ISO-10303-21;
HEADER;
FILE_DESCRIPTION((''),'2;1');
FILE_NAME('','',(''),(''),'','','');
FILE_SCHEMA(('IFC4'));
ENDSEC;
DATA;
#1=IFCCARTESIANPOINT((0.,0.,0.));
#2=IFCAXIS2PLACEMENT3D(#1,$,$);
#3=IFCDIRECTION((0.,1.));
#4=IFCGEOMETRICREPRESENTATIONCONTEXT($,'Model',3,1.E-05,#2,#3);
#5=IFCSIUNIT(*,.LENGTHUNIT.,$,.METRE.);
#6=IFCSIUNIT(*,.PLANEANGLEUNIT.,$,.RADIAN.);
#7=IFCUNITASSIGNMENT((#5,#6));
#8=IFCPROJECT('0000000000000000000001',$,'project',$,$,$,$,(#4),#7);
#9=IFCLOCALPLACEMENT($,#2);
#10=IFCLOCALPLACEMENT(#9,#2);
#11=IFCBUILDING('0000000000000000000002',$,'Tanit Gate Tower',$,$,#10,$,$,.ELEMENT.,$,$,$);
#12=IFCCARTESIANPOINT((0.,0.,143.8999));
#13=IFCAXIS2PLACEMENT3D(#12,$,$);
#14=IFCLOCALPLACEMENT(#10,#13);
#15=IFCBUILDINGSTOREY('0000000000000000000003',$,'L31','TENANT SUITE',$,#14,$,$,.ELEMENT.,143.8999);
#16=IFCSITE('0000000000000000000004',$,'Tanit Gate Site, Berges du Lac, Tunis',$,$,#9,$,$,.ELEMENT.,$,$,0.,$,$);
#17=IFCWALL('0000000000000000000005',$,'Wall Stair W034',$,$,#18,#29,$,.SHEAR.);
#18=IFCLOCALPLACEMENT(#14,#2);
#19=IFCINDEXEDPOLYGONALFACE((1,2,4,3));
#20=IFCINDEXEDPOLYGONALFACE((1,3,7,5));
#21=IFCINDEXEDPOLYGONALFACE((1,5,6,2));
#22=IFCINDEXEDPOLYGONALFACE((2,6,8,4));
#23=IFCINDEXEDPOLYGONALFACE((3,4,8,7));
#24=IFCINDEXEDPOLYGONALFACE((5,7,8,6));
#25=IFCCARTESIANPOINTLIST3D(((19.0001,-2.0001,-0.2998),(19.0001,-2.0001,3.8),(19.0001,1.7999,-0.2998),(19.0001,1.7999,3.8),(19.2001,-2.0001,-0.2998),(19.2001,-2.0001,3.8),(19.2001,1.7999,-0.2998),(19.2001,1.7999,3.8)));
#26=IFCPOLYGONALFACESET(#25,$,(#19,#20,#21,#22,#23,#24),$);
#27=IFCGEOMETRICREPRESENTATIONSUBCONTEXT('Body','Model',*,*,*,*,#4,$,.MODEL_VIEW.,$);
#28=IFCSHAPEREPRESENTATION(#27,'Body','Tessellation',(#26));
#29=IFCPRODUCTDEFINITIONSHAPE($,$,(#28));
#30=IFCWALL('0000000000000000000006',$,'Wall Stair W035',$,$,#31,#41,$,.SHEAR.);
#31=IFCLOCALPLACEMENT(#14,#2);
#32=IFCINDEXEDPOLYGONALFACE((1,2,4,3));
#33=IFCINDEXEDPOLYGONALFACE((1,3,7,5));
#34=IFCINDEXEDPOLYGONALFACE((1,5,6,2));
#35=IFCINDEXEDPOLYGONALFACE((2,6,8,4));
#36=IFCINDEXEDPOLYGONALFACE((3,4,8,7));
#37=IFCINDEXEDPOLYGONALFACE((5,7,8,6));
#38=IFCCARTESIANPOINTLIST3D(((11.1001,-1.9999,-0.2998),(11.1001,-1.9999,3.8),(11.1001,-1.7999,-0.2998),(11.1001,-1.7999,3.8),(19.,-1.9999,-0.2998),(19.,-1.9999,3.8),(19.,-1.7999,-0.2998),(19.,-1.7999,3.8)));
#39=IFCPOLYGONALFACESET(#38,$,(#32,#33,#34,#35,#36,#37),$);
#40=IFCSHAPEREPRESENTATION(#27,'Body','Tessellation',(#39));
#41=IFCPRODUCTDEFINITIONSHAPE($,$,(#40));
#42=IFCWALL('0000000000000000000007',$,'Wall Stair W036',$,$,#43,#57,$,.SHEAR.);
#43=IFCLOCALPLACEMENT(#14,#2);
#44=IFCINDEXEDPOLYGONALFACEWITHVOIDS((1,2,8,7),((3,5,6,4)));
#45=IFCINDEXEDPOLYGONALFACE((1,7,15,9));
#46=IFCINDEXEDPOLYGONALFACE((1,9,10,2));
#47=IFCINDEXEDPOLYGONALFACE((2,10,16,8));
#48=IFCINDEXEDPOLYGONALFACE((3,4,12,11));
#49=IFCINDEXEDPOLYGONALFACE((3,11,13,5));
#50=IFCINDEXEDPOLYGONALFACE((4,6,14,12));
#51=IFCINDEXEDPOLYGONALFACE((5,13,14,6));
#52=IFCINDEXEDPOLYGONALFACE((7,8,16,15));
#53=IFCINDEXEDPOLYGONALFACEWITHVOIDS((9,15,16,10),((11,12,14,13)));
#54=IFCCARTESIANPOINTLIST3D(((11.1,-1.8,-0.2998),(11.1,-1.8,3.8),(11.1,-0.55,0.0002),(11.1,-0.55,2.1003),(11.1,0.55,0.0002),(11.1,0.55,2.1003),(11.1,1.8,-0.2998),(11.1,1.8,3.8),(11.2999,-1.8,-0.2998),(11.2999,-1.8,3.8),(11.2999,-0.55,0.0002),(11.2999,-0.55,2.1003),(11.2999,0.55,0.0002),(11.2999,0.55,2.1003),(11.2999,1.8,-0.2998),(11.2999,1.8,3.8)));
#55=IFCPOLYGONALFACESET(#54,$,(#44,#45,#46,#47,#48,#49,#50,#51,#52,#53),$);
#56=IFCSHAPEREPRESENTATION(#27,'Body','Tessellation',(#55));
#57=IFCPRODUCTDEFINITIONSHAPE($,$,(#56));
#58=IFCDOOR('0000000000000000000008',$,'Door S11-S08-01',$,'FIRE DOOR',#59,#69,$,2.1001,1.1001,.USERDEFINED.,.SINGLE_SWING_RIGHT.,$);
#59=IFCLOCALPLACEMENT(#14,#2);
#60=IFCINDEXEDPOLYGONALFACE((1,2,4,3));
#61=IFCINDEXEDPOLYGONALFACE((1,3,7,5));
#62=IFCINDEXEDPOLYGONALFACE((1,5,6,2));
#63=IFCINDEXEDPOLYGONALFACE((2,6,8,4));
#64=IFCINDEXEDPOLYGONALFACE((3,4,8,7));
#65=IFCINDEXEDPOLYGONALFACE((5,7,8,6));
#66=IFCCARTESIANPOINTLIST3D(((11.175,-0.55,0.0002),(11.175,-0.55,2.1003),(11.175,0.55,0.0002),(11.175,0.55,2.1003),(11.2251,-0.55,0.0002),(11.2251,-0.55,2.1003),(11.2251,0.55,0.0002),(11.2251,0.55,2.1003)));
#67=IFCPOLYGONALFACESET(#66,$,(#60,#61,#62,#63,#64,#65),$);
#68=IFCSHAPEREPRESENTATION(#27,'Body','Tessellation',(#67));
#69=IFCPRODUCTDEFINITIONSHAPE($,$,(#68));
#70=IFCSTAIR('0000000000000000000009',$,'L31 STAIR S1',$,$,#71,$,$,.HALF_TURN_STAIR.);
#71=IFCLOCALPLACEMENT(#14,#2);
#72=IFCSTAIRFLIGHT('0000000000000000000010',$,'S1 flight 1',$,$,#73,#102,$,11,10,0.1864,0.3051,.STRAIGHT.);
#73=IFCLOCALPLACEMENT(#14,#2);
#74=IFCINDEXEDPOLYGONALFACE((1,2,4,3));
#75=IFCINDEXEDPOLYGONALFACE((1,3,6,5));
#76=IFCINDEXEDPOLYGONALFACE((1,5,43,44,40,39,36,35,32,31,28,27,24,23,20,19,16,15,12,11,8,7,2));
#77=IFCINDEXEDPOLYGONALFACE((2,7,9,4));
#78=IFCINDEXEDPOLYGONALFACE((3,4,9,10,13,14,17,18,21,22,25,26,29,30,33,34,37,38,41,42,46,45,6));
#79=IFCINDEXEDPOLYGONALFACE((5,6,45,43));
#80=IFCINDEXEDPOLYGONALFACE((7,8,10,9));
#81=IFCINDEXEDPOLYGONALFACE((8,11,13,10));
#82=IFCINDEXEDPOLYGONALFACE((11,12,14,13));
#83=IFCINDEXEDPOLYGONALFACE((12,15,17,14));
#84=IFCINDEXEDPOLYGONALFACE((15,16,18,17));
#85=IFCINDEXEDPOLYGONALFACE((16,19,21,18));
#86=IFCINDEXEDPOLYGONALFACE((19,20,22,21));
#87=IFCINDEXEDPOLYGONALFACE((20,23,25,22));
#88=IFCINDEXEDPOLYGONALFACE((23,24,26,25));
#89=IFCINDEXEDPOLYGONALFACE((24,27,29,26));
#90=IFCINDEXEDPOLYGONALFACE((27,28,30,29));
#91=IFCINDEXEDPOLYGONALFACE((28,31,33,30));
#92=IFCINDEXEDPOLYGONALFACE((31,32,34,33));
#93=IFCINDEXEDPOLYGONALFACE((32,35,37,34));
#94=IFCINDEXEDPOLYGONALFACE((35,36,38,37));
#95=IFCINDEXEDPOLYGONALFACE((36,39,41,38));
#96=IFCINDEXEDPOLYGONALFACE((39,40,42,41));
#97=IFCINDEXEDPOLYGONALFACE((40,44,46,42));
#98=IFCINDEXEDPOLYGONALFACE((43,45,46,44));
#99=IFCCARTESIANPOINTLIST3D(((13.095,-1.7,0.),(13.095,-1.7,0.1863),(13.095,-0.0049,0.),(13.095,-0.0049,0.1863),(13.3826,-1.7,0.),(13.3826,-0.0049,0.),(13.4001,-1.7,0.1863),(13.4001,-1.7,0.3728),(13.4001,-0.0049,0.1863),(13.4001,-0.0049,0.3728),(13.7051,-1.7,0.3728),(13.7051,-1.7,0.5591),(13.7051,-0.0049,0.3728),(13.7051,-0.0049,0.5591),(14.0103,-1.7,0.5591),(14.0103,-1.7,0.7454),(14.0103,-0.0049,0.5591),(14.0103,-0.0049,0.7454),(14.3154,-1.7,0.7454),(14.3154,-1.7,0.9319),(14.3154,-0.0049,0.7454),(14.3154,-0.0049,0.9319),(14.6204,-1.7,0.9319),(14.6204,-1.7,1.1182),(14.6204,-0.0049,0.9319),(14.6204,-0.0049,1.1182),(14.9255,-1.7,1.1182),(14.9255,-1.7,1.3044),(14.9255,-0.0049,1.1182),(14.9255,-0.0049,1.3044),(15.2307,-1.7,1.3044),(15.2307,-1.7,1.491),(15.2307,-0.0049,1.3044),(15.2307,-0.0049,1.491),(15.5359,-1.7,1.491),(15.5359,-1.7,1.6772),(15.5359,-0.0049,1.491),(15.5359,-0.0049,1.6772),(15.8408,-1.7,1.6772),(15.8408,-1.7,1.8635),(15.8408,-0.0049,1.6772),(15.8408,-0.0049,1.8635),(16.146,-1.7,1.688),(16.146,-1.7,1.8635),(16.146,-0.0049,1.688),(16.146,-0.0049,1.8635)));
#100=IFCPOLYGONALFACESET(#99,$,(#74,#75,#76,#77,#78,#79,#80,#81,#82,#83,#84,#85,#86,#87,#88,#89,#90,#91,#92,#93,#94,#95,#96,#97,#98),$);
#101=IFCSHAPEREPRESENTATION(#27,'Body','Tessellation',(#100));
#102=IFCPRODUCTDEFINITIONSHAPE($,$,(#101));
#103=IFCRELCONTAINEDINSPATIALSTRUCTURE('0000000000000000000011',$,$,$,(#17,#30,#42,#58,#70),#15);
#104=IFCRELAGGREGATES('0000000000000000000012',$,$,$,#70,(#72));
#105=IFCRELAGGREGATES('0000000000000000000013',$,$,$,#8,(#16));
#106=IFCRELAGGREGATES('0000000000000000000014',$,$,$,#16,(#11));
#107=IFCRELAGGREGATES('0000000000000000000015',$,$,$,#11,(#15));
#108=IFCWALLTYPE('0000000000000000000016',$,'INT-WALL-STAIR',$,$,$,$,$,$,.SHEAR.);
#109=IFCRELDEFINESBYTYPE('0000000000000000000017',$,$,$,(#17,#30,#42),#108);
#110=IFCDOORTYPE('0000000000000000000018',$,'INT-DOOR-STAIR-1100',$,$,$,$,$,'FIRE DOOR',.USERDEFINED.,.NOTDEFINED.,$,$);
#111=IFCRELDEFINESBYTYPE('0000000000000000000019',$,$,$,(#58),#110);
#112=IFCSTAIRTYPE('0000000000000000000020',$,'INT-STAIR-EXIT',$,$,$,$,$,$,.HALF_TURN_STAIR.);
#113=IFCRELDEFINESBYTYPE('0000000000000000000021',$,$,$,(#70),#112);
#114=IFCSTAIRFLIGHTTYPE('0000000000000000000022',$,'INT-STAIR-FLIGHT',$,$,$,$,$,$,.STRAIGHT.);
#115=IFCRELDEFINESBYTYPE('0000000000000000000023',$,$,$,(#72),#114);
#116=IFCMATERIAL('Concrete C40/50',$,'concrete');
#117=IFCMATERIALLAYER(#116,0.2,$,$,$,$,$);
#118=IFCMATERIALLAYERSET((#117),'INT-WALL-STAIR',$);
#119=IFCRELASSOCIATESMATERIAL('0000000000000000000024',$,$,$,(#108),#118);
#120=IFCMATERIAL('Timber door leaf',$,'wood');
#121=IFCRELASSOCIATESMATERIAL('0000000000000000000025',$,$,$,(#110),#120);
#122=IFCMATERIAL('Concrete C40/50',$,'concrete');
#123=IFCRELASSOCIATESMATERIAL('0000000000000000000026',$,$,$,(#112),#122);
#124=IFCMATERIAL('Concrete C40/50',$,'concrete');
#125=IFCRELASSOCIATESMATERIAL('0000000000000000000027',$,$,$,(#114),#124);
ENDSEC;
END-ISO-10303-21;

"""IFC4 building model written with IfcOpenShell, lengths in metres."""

from ifc_helpers import new_model, si_unit, direction, frame, frame_2d, origin, place, context, subcontext, project, spatial, polyline, rectangle, outline, extrude, material, layer, layer_set, type_object, element, fill, aggregate, save


model = new_model("IFC4")

# Units and contexts
model_context = context("Model", 3, precision=1e-05, world=origin(), true_north=direction((0.0, 1.0)))
body_context = subcontext(model_context, "Body", "Model", "MODEL_VIEW")
ifc_project = project(units=[si_unit("LENGTHUNIT", "METRE"), si_unit("PLANEANGLEUNIT", "RADIAN")], contexts=[model_context])

# Site, building, storey
site_placement = place(None, origin())
site = spatial("IfcSite", under=ifc_project, at=site_placement, Name="Tanit Gate Site, Berges du Lac, Tunis", CompositionType="ELEMENT", RefElevation=0.0)
building_placement = place(site_placement, origin())
building = spatial("IfcBuilding", under=site, at=building_placement, Name="Tanit Gate Tower", CompositionType="ELEMENT")
storey_placement = place(building_placement, frame((0.0, 0.0, 143.8999)))
storey = spatial("IfcBuildingStorey", under=building, at=storey_placement, Name="L31", Description="TENANT SUITE", CompositionType="ELEMENT", Elevation=143.8999)

# Walls
ifc_material_1 = material(Name="Concrete C40/50", Category="concrete")
ifc_layer_1 = layer(ifc_material_1, 0.2)
ifc_layer_set_1 = layer_set([ifc_layer_1], Name="INT-WALL-STAIR")
wall_type_1 = type_object("IfcWallType", Name="INT-WALL-STAIR", PredefinedType="SHEAR", material=ifc_layer_set_1)
wall_1_placement = place(storey_placement, frame((19.1001, -2.0, -0.2998), z_axis=(0.0, 0.0, 1.0), x_axis=(0.0, 1.0, 0.0)))
element("IfcWall", 1, at=wall_1_placement, inside=storey, type_object=wall_type_1, Name="Wall Stair W034", PredefinedType="SHEAR", context=body_context, shape_type="SweptSolid", body=[
    extrude(rectangle(XDim=3.8, YDim=0.2, at=frame_2d((1.8999, 0.0))), origin(), (0.0, 0.0, 1.0), 4.0999),
])
wall_2_placement = place(storey_placement, frame((11.1001, -1.8999, -0.2998), z_axis=(0.0, 0.0, 1.0), x_axis=(1.0, 0.0, 0.0)))
element("IfcWall", 2, at=wall_2_placement, inside=storey, type_object=wall_type_1, Name="Wall Stair W035", PredefinedType="SHEAR", context=body_context, shape_type="SweptSolid", body=[
    extrude(rectangle(XDim=7.8999, YDim=0.2, at=frame_2d((3.95, 0.0))), origin(), (0.0, 0.0, 1.0), 4.0999),
])

# Wall, opening, door
wall_3_placement = place(storey_placement, frame((11.2, -1.8, -0.2998), z_axis=(0.0, 0.0, 1.0), x_axis=(0.0, 1.0, 0.0)))
wall_3 = element("IfcWall", 3, at=wall_3_placement, inside=storey, type_object=wall_type_1, Name="Wall Stair W036", PredefinedType="SHEAR", context=body_context, shape_type="SweptSolid", body=[
    extrude(rectangle(XDim=3.6001, YDim=0.2, at=frame_2d((1.8, 0.0))), origin(), (0.0, 0.0, 1.0), 4.0999),
])
opening_1_placement = place(wall_3_placement, frame((1.25, 0.0, 0.3)))
opening_1 = element("IfcOpeningElement", 4, at=opening_1_placement, cuts=wall_3, PredefinedType="OPENING", context=body_context, shape_type="SweptSolid", body=[
    extrude(rectangle(XDim=1.1001, YDim=2.1001, at=frame_2d((0.55, 1.05))), frame((0.0, 0.1099, 0.0), z_axis=(0.0, -1.0, 0.0), x_axis=(1.0, 0.0, 0.0)), (0.0, 0.0, 1.0), 0.22),
])
ifc_material_2 = material(Name="Timber door leaf", Category="wood")
door_type_1 = type_object("IfcDoorType", Name="INT-DOOR-STAIR-1100", ElementType="FIRE DOOR", OperationType="NOTDEFINED", PredefinedType="USERDEFINED", material=ifc_material_2)
door_1_placement = place(opening_1_placement, origin())
door_1 = element("IfcDoor", 5, at=door_1_placement, inside=storey, type_object=door_type_1, Name="Door S11-S08-01", ObjectType="FIRE DOOR", OperationType="SINGLE_SWING_RIGHT", OverallHeight=2.1001, OverallWidth=1.1001, PredefinedType="USERDEFINED", context=body_context, shape_type="SweptSolid", body=[
    extrude(rectangle(XDim=1.1001, YDim=2.1001, at=frame_2d((0.55, 1.05))), frame((0.0, 0.0249, 0.0), z_axis=(0.0, -1.0, 0.0), x_axis=(1.0, 0.0, 0.0)), (0.0, 0.0, 1.0), 0.05),
])
fill(opening_1, door_1)

# Stair, stair flight
ifc_material_3 = material(Name="Concrete C40/50", Category="concrete")
stair_type = type_object("IfcStairType", Name="INT-STAIR-EXIT", PredefinedType="HALF_TURN_STAIR", material=ifc_material_3)
stair_placement = place(storey_placement, origin())
stair = element("IfcStair", 6, at=stair_placement, inside=storey, type_object=stair_type, Name="L31 STAIR S1", PredefinedType="HALF_TURN_STAIR")
ifc_material_4 = material(Name="Concrete C40/50", Category="concrete")
stair_flight_type = type_object("IfcStairFlightType", Name="INT-STAIR-FLIGHT", PredefinedType="STRAIGHT", material=ifc_material_4)
stair_flight_placement = place(storey_placement, frame((13.095, -0.8525, 0.0), z_axis=(0.0, 0.0, 1.0), x_axis=(1.0, 0.0, 0.0)))
stair_flight = element("IfcStairFlight", 7, at=stair_flight_placement, type_object=stair_flight_type, Name="S1 flight 1", NumberOfRisers=11, NumberOfTreads=10, PredefinedType="STRAIGHT", RiserHeight=0.1864, TreadLength=0.3051, context=body_context, shape_type="SweptSolid", body=[
    extrude(outline(polyline([(0.0, 0.0), (0.0, 0.1863), (0.3052, 0.1863), (0.3052, 0.3728), (0.6101, 0.3728), (0.6101, 0.5591), (0.9153, 0.5591), (0.9153, 0.7454), (1.2205, 0.7454), (1.2205, 0.9319), (1.5254, 0.9319), (1.5254, 1.1182), (1.8306, 1.1182), (1.8306, 1.3044), (2.1357, 1.3044), (2.1357, 1.491), (2.4409, 1.491), (2.4409, 1.6772), (2.7458, 1.6772), (2.7458, 1.8635), (3.051, 1.8635), (3.051, 2.05), (3.051, 1.688), (0.2876, 0.0), (0.0, 0.0)])), frame((0.0, 0.8477, 0.0), z_axis=(0.0, -1.0, 0.0), x_axis=(1.0, 0.0, 0.0)), (0.0, 0.0, 1.0), 1.6951),
])
aggregate(stair, [stair_flight])

save(model, "model.ifc")
